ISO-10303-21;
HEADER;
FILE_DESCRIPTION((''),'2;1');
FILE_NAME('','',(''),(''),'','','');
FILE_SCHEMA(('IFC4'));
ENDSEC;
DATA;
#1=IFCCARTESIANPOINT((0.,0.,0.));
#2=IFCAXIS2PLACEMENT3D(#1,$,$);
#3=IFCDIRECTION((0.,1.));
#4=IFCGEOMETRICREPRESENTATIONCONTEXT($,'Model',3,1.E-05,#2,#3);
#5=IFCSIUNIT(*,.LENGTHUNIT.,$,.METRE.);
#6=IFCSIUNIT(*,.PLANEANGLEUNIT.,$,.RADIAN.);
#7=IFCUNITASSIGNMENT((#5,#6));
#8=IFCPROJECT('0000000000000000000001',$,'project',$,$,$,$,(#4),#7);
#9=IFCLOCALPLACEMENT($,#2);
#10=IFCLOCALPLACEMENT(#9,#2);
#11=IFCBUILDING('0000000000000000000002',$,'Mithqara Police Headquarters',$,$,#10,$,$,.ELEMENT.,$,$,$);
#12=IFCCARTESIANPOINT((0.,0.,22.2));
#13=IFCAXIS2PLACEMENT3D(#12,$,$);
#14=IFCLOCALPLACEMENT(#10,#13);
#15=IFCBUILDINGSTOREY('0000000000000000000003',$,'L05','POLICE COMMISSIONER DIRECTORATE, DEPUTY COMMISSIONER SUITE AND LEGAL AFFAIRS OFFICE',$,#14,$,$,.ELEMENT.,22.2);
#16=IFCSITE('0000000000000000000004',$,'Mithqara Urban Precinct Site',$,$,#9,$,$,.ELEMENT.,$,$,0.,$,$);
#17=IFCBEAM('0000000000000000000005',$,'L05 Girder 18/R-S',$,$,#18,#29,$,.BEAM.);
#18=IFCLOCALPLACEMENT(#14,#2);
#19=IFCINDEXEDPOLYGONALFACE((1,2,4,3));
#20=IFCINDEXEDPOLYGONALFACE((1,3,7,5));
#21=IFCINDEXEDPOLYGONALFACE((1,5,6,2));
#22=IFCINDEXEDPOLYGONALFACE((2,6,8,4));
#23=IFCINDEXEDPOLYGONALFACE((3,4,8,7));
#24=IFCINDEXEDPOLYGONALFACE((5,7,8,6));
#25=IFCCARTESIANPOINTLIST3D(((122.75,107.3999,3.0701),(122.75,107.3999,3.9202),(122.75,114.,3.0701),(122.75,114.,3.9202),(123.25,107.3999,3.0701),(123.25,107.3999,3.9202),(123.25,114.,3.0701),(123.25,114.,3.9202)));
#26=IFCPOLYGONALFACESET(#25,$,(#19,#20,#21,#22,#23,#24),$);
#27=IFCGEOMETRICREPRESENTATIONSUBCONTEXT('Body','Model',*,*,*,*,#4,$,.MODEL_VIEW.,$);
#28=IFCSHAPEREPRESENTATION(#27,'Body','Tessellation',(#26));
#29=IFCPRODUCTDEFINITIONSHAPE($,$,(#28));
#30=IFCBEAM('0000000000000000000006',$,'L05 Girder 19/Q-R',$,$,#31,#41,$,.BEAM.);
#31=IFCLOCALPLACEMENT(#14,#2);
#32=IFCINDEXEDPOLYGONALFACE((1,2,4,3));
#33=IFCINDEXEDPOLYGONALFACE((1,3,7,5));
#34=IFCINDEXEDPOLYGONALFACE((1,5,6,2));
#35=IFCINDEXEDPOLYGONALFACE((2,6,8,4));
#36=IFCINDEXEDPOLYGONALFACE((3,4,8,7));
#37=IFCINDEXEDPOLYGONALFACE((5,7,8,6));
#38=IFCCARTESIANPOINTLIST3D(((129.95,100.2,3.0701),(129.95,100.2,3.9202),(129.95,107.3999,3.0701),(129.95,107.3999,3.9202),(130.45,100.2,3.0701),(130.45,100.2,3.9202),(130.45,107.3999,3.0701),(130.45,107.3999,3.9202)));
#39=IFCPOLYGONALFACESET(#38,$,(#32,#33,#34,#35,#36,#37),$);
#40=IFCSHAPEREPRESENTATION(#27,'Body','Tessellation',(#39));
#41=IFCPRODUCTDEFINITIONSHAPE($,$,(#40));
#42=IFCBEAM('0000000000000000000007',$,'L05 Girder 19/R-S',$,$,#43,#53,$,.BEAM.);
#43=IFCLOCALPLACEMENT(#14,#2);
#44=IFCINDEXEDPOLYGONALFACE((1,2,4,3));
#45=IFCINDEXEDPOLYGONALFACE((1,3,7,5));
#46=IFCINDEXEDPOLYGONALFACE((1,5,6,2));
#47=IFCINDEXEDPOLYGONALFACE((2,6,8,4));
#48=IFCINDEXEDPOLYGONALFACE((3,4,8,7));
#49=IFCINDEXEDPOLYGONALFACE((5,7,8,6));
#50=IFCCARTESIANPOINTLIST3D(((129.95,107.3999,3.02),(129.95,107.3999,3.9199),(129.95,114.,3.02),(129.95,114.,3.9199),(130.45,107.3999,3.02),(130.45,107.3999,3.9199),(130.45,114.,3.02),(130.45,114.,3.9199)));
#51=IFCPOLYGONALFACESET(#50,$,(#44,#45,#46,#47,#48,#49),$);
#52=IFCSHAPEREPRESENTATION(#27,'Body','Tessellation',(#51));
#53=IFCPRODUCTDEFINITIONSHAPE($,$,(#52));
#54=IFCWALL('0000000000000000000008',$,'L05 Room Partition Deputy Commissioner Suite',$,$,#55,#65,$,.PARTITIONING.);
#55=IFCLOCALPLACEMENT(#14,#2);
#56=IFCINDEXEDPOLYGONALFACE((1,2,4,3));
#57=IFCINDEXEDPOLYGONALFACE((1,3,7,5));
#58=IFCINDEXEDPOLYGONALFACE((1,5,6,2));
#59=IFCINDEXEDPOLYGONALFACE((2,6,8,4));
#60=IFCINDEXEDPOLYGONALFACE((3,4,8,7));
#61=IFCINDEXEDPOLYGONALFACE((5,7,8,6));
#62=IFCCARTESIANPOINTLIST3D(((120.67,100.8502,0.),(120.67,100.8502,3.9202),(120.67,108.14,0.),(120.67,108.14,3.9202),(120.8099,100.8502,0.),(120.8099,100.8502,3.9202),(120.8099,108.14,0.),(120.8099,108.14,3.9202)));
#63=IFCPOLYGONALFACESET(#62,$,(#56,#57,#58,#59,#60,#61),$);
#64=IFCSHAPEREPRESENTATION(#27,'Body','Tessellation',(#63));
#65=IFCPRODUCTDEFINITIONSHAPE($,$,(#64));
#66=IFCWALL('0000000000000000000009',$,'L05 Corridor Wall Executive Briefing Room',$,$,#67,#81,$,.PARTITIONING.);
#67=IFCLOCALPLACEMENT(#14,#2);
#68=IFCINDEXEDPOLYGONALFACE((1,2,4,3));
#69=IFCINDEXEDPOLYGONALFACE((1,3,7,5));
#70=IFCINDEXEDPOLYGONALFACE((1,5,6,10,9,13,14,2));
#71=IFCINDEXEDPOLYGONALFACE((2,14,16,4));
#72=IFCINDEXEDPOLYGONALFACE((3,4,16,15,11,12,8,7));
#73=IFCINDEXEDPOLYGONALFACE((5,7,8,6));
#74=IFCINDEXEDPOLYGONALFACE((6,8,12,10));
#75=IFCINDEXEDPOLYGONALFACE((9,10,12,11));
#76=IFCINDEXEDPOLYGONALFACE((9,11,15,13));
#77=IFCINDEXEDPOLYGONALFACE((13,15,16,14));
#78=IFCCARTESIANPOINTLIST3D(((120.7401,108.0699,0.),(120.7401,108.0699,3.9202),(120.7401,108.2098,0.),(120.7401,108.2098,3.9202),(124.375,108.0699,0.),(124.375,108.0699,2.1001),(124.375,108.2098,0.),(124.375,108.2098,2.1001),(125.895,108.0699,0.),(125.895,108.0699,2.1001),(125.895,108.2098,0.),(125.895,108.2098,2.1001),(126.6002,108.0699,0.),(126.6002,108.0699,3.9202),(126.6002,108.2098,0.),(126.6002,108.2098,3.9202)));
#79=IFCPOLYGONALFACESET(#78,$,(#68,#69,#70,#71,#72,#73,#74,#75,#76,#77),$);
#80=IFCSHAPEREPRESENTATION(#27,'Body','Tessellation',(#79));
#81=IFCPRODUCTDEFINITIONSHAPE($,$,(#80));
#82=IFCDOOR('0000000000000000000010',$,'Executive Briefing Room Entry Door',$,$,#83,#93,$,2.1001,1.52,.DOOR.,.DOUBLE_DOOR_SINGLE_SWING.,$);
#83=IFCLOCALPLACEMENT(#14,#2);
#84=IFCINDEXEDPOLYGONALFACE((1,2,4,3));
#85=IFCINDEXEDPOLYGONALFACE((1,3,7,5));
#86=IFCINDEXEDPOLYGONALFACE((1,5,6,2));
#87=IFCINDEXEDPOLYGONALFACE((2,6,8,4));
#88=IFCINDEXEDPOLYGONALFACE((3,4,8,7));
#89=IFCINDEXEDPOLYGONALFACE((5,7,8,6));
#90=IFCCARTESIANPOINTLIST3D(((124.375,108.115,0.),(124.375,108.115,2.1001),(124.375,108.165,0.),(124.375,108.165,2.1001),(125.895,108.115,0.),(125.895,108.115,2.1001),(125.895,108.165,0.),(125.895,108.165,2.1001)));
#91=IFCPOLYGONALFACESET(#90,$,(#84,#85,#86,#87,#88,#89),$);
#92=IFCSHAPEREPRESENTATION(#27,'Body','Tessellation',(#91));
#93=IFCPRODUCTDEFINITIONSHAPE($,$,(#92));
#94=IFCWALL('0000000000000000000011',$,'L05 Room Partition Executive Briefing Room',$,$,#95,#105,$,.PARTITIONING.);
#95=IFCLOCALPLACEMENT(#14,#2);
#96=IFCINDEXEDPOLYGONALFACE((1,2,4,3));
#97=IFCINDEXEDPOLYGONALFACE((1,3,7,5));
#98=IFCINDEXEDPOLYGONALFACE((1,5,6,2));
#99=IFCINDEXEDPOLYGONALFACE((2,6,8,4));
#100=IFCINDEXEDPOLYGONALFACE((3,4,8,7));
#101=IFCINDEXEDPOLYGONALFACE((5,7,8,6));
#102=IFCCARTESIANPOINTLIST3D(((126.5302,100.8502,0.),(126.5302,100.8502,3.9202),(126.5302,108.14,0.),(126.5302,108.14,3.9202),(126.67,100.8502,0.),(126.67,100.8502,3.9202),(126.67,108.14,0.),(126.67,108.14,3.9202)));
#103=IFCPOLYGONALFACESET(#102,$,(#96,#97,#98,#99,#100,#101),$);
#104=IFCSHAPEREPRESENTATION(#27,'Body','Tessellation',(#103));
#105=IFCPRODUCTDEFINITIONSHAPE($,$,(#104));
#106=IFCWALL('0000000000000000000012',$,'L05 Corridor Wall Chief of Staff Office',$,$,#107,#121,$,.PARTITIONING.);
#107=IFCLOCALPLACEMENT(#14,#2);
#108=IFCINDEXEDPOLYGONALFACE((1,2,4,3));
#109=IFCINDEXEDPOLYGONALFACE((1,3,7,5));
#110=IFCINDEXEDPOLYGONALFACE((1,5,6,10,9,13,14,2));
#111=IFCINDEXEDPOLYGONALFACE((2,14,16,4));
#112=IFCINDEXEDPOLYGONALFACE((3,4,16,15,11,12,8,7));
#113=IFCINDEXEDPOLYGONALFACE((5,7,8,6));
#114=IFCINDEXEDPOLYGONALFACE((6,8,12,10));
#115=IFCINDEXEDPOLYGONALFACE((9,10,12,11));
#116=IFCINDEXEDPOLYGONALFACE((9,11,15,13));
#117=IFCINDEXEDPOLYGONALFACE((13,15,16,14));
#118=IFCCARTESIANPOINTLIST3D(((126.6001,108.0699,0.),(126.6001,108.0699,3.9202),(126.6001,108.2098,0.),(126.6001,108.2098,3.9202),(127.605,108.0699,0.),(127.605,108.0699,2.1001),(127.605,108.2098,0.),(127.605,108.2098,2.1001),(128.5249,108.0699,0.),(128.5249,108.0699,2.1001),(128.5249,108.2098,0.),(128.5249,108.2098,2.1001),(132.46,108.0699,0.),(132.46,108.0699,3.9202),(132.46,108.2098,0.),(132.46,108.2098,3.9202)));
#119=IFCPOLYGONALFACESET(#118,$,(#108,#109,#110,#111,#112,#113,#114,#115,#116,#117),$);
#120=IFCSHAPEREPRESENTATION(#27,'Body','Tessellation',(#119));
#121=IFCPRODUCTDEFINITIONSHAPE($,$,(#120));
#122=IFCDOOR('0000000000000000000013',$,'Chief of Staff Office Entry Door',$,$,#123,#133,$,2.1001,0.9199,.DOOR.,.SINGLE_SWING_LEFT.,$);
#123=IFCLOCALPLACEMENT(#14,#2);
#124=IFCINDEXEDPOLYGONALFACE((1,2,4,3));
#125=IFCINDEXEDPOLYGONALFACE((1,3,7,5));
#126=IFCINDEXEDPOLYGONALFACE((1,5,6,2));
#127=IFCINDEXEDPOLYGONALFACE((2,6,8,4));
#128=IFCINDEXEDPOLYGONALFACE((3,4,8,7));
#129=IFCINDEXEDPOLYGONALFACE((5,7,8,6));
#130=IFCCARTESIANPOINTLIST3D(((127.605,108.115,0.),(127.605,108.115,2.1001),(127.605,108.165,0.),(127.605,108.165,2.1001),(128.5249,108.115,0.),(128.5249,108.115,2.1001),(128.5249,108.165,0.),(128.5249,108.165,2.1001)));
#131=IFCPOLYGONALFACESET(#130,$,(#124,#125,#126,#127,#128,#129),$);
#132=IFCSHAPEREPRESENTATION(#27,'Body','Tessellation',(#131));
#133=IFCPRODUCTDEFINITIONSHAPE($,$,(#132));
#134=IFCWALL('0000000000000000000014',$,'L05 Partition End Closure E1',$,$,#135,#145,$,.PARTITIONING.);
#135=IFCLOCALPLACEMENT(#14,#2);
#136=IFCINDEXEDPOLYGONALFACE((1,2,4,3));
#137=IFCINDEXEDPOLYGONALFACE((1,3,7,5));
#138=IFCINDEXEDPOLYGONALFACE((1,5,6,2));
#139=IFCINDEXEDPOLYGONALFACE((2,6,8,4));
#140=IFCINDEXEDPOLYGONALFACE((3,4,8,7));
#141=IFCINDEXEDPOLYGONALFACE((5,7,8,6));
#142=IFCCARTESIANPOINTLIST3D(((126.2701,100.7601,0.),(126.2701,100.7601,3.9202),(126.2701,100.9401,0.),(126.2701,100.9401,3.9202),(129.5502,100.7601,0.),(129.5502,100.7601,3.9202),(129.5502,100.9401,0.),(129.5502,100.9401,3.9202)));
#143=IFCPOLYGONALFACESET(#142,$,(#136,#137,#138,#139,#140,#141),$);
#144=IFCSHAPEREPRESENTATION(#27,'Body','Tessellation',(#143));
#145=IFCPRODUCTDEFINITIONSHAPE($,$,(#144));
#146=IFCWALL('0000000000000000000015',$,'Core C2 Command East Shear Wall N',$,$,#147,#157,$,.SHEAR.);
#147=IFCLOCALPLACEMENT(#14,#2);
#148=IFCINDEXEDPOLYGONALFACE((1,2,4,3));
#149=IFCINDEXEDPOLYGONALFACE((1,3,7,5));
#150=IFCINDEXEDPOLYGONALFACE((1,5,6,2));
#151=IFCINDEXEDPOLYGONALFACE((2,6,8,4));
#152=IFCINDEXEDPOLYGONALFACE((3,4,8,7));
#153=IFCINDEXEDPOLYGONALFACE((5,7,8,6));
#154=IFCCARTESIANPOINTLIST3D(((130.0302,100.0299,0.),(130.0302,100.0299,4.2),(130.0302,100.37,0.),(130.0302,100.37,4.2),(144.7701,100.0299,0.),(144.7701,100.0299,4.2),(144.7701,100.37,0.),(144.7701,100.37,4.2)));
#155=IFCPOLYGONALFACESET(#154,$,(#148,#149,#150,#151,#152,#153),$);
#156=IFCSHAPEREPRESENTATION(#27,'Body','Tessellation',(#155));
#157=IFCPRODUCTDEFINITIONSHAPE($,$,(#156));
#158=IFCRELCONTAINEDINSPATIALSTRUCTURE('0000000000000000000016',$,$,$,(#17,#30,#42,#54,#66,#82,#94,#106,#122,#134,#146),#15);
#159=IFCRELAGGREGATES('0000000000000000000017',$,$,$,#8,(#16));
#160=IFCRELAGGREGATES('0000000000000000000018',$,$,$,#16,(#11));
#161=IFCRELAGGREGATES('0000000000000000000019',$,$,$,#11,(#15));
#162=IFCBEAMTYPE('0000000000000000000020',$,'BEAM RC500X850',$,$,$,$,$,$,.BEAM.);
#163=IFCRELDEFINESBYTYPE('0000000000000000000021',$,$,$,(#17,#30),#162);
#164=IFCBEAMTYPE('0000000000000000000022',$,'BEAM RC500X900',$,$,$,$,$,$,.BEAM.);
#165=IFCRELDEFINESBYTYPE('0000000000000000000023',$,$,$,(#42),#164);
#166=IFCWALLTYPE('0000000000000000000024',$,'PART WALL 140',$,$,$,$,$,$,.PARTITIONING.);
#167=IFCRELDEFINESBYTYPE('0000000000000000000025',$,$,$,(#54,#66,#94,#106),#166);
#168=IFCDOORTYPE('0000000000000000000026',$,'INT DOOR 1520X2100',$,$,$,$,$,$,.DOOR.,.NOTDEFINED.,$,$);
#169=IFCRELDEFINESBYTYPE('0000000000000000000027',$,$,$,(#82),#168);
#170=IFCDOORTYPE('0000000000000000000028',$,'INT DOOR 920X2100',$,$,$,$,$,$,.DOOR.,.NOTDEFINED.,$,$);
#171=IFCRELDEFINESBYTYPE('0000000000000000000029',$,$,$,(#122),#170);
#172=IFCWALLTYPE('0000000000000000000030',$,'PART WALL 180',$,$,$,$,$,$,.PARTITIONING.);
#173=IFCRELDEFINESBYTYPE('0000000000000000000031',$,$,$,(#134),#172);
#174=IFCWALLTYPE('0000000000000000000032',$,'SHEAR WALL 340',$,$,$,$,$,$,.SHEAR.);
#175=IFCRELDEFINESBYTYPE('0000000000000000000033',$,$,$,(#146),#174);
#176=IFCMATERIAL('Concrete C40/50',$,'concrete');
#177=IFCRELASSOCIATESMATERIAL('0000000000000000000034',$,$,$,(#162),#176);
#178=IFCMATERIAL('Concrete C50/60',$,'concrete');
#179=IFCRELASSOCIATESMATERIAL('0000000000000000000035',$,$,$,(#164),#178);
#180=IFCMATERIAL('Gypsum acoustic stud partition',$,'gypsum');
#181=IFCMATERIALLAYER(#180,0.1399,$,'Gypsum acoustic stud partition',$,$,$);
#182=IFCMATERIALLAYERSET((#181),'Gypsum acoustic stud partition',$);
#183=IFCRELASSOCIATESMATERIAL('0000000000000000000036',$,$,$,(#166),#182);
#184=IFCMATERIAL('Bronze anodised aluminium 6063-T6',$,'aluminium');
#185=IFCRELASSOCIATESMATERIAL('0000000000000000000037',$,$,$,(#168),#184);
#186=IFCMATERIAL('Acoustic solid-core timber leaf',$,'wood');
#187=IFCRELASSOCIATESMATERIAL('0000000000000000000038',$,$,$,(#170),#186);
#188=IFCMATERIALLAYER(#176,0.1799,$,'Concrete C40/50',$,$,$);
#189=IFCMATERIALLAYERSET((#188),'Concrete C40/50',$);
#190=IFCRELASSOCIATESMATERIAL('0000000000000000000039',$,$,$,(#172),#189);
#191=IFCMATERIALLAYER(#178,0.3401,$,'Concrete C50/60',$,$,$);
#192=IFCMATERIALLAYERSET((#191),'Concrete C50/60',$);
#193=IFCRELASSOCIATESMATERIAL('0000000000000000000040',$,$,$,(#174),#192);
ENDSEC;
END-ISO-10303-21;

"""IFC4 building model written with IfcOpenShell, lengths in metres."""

from ifc_helpers import new_model, si_unit, direction, frame, frame_2d, origin, origin_2d, place, context, subcontext, project, spatial, rectangle, extrude, material, layer, layer_set, material_profile, profile_set, type_object, element, fill, save


model = new_model("IFC4")

# Units and contexts
model_context = context("Model", 3, precision=1e-05, world=origin(), true_north=direction((0.0, 1.0)))
body_context = subcontext(model_context, "Body", "Model", "MODEL_VIEW")
ifc_project = project(units=[si_unit("LENGTHUNIT", "METRE"), si_unit("PLANEANGLEUNIT", "RADIAN")], contexts=[model_context])

# Site, building, storey
site_placement = place(None, origin())
site = spatial("IfcSite", under=ifc_project, at=site_placement, Name="Mithqara Urban Precinct Site", CompositionType="ELEMENT", RefElevation=0.0)
building_placement = place(site_placement, origin())
building = spatial("IfcBuilding", under=site, at=building_placement, Name="Mithqara Police Headquarters", CompositionType="ELEMENT")
storey_placement = place(building_placement, frame((0.0, 0.0, 22.2)))
storey = spatial("IfcBuildingStorey", under=building, at=storey_placement, Name="L05", Description="POLICE COMMISSIONER DIRECTORATE, DEPUTY COMMISSIONER SUITE AND LEGAL AFFAIRS OFFICE", CompositionType="ELEMENT", Elevation=22.2)

# Shared definitions
ifc_material_1 = material(Name="Concrete C50/60", Category="concrete")

# Beams
ifc_material_2 = material(Name="Concrete C40/50", Category="concrete")
ifc_material_profile_1 = material_profile(ifc_material_2, rectangle(XDim=0.5, YDim=0.8501, at=origin_2d()), Name="RC 500x850")
ifc_profile_set_1 = profile_set([ifc_material_profile_1], Name="Concrete C40/50")
beam_type_1 = type_object("IfcBeamType", Name="BEAM RC500X850", PredefinedType="BEAM", material=ifc_profile_set_1)
beam_1_placement = place(storey_placement, frame((123.0, 107.3999, 3.4951), z_axis=(0.0, 1.0, 0.0), x_axis=(-1.0, 0.0, 0.0)))
element("IfcBeam", 1, at=beam_1_placement, inside=storey, type_object=beam_type_1, Name="L05 Girder 18/R-S", PredefinedType="BEAM", context=body_context, shape_type="SweptSolid", body=[
    extrude(rectangle(XDim=0.5, YDim=0.8501, at=origin_2d()), origin(), (0.0, 0.0, 1.0), 6.6001),
])
beam_2_placement = place(storey_placement, frame((130.2, 100.2, 3.4951), z_axis=(0.0, 1.0, 0.0), x_axis=(-1.0, 0.0, 0.0)))
element("IfcBeam", 2, at=beam_2_placement, inside=storey, type_object=beam_type_1, Name="L05 Girder 19/Q-R", PredefinedType="BEAM", context=body_context, shape_type="SweptSolid", body=[
    extrude(rectangle(XDim=0.5, YDim=0.8501, at=origin_2d()), origin(), (0.0, 0.0, 1.0), 7.2),
])
ifc_material_profile_2 = material_profile(ifc_material_1, rectangle(XDim=0.5, YDim=0.8999, at=origin_2d()), Name="RC 500x900")
ifc_profile_set_2 = profile_set([ifc_material_profile_2], Name="Concrete C50/60")
beam_type_2 = type_object("IfcBeamType", Name="BEAM RC500X900", PredefinedType="BEAM", material=ifc_profile_set_2)
beam_3_placement = place(storey_placement, frame((130.2, 107.3999, 3.47), z_axis=(0.0, 1.0, 0.0), x_axis=(-1.0, 0.0, 0.0)))
element("IfcBeam", 3, at=beam_3_placement, inside=storey, type_object=beam_type_2, Name="L05 Girder 19/R-S", PredefinedType="BEAM", context=body_context, shape_type="SweptSolid", body=[
    extrude(rectangle(XDim=0.5, YDim=0.8999, at=origin_2d()), origin(), (0.0, 0.0, 1.0), 6.6001),
])

# Wall
ifc_material_3 = material(Name="Gypsum acoustic stud partition", Category="gypsum")
ifc_layer_1 = layer(ifc_material_3, 0.1399, Name="Gypsum acoustic stud partition")
ifc_layer_set_1 = layer_set([ifc_layer_1], Name="Gypsum acoustic stud partition")
wall_type_1 = type_object("IfcWallType", Name="PART WALL 140", PredefinedType="PARTITIONING", material=ifc_layer_set_1)
wall_1_placement = place(storey_placement, frame((120.74, 100.8501, 0.0), z_axis=(0.0, 0.0, 1.0), x_axis=(0.0, 1.0, 0.0)))
element("IfcWall", 4, at=wall_1_placement, inside=storey, type_object=wall_type_1, Name="L05 Room Partition Deputy Commissioner Suite", PredefinedType="PARTITIONING", context=body_context, shape_type="SweptSolid", body=[
    extrude(rectangle(XDim=7.2898, YDim=0.1399, at=frame_2d((3.645, 0.0))), origin(), (0.0, 0.0, 1.0), 3.9202),
])

# Wall, opening, door
wall_2_placement = place(storey_placement, frame((120.74, 108.1399, 0.0), z_axis=(0.0, 0.0, 1.0), x_axis=(1.0, 0.0, 0.0)))
wall_2 = element("IfcWall", 5, at=wall_2_placement, inside=storey, type_object=wall_type_1, Name="L05 Corridor Wall Executive Briefing Room", PredefinedType="PARTITIONING", context=body_context, shape_type="SweptSolid", body=[
    extrude(rectangle(XDim=5.8601, YDim=0.1399, at=frame_2d((2.9302, 0.0))), origin(), (0.0, 0.0, 1.0), 3.9202),
])
opening_1_placement = place(wall_2_placement, frame((3.635, 0.0, 0.0)))
opening_1 = element("IfcOpeningElement", 6, at=opening_1_placement, cuts=wall_2, PredefinedType="OPENING", context=body_context, shape_type="SweptSolid", body=[
    extrude(rectangle(XDim=1.52, YDim=2.1001, at=frame_2d((0.76, 1.05))), frame((0.0, 0.0801, 0.0), z_axis=(0.0, -1.0, 0.0), x_axis=(1.0, 0.0, 0.0)), (0.0, 0.0, 1.0), 0.1599),
])
ifc_material_4 = material(Name="Bronze anodised aluminium 6063-T6", Category="aluminium")
door_type_1 = type_object("IfcDoorType", Name="INT DOOR 1520X2100", OperationType="NOTDEFINED", PredefinedType="DOOR", material=ifc_material_4)
door_1_placement = place(opening_1_placement, frame((1.52, 0.0, 0.0), z_axis=(0.0, 0.0, 1.0), x_axis=(-1.0, 0.0, 0.0)))
door_1 = element("IfcDoor", 7, at=door_1_placement, inside=storey, type_object=door_type_1, Name="Executive Briefing Room Entry Door", OperationType="DOUBLE_DOOR_SINGLE_SWING", OverallHeight=2.1001, OverallWidth=1.52, PredefinedType="DOOR", context=body_context, shape_type="SweptSolid", body=[
    extrude(rectangle(XDim=1.52, YDim=2.1001, at=frame_2d((0.76, 1.05))), frame((0.0, 0.0249, 0.0), z_axis=(0.0, -1.0, 0.0), x_axis=(1.0, 0.0, 0.0)), (0.0, 0.0, 1.0), 0.05),
])
fill(opening_1, door_1)

# Wall
wall_3_placement = place(storey_placement, frame((126.6001, 100.8501, 0.0), z_axis=(0.0, 0.0, 1.0), x_axis=(0.0, 1.0, 0.0)))
element("IfcWall", 8, at=wall_3_placement, inside=storey, type_object=wall_type_1, Name="L05 Room Partition Executive Briefing Room", PredefinedType="PARTITIONING", context=body_context, shape_type="SweptSolid", body=[
    extrude(rectangle(XDim=7.2898, YDim=0.1399, at=frame_2d((3.645, 0.0))), origin(), (0.0, 0.0, 1.0), 3.9202),
])

# Wall, opening, door
wall_4_placement = place(storey_placement, frame((126.6001, 108.1399, 0.0), z_axis=(0.0, 0.0, 1.0), x_axis=(1.0, 0.0, 0.0)))
wall_4 = element("IfcWall", 9, at=wall_4_placement, inside=storey, type_object=wall_type_1, Name="L05 Corridor Wall Chief of Staff Office", PredefinedType="PARTITIONING", context=body_context, shape_type="SweptSolid", body=[
    extrude(rectangle(XDim=5.8599, YDim=0.1399, at=frame_2d((2.9299, 0.0))), origin(), (0.0, 0.0, 1.0), 3.9202),
])
opening_2_placement = place(wall_4_placement, frame((1.0049, 0.0, 0.0)))
opening_2 = element("IfcOpeningElement", 10, at=opening_2_placement, cuts=wall_4, PredefinedType="OPENING", context=body_context, shape_type="SweptSolid", body=[
    extrude(rectangle(XDim=0.9199, YDim=2.1001, at=frame_2d((0.46, 1.05))), frame((0.0, 0.0801, 0.0), z_axis=(0.0, -1.0, 0.0), x_axis=(1.0, 0.0, 0.0)), (0.0, 0.0, 1.0), 0.1599),
])
ifc_material_5 = material(Name="Acoustic solid-core timber leaf", Category="wood")
door_type_2 = type_object("IfcDoorType", Name="INT DOOR 920X2100", OperationType="NOTDEFINED", PredefinedType="DOOR", material=ifc_material_5)
door_2_placement = place(opening_2_placement, frame((0.9199, 0.0, 0.0), z_axis=(0.0, 0.0, 1.0), x_axis=(-1.0, 0.0, 0.0)))
door_2 = element("IfcDoor", 11, at=door_2_placement, inside=storey, type_object=door_type_2, Name="Chief of Staff Office Entry Door", OperationType="SINGLE_SWING_LEFT", OverallHeight=2.1001, OverallWidth=0.9199, PredefinedType="DOOR", context=body_context, shape_type="SweptSolid", body=[
    extrude(rectangle(XDim=0.9199, YDim=2.1001, at=frame_2d((0.46, 1.05))), frame((0.0, 0.0249, 0.0), z_axis=(0.0, -1.0, 0.0), x_axis=(1.0, 0.0, 0.0)), (0.0, 0.0, 1.0), 0.05),
])
fill(opening_2, door_2)

# Walls
ifc_layer_2 = layer(ifc_material_2, 0.1799, Name="Concrete C40/50")
ifc_layer_set_2 = layer_set([ifc_layer_2], Name="Concrete C40/50")
wall_type_2 = type_object("IfcWallType", Name="PART WALL 180", PredefinedType="PARTITIONING", material=ifc_layer_set_2)
wall_5_placement = place(storey_placement, frame((126.27, 100.8501, 0.0), z_axis=(0.0, 0.0, 1.0), x_axis=(1.0, 0.0, 0.0)))
element("IfcWall", 12, at=wall_5_placement, inside=storey, type_object=wall_type_2, Name="L05 Partition End Closure E1", PredefinedType="PARTITIONING", context=body_context, shape_type="SweptSolid", body=[
    extrude(rectangle(XDim=3.28, YDim=0.1799, at=frame_2d((1.6401, 0.0))), origin(), (0.0, 0.0, 1.0), 3.9202),
])
ifc_layer_3 = layer(ifc_material_1, 0.3401, Name="Concrete C50/60")
ifc_layer_set_3 = layer_set([ifc_layer_3], Name="Concrete C50/60")
wall_type_3 = type_object("IfcWallType", Name="SHEAR WALL 340", PredefinedType="SHEAR", material=ifc_layer_set_3)
wall_6_placement = place(storey_placement, frame((130.03, 100.2, 0.0), z_axis=(0.0, 0.0, 1.0), x_axis=(1.0, 0.0, 0.0)))
element("IfcWall", 13, at=wall_6_placement, inside=storey, type_object=wall_type_3, Name="Core C2 Command East Shear Wall N", PredefinedType="SHEAR", context=body_context, shape_type="SweptSolid", body=[
    extrude(rectangle(XDim=14.74, YDim=0.3401, at=frame_2d((7.3701, 0.0))), origin(), (0.0, 0.0, 1.0), 4.2),
])

save(model, "model.ifc")
